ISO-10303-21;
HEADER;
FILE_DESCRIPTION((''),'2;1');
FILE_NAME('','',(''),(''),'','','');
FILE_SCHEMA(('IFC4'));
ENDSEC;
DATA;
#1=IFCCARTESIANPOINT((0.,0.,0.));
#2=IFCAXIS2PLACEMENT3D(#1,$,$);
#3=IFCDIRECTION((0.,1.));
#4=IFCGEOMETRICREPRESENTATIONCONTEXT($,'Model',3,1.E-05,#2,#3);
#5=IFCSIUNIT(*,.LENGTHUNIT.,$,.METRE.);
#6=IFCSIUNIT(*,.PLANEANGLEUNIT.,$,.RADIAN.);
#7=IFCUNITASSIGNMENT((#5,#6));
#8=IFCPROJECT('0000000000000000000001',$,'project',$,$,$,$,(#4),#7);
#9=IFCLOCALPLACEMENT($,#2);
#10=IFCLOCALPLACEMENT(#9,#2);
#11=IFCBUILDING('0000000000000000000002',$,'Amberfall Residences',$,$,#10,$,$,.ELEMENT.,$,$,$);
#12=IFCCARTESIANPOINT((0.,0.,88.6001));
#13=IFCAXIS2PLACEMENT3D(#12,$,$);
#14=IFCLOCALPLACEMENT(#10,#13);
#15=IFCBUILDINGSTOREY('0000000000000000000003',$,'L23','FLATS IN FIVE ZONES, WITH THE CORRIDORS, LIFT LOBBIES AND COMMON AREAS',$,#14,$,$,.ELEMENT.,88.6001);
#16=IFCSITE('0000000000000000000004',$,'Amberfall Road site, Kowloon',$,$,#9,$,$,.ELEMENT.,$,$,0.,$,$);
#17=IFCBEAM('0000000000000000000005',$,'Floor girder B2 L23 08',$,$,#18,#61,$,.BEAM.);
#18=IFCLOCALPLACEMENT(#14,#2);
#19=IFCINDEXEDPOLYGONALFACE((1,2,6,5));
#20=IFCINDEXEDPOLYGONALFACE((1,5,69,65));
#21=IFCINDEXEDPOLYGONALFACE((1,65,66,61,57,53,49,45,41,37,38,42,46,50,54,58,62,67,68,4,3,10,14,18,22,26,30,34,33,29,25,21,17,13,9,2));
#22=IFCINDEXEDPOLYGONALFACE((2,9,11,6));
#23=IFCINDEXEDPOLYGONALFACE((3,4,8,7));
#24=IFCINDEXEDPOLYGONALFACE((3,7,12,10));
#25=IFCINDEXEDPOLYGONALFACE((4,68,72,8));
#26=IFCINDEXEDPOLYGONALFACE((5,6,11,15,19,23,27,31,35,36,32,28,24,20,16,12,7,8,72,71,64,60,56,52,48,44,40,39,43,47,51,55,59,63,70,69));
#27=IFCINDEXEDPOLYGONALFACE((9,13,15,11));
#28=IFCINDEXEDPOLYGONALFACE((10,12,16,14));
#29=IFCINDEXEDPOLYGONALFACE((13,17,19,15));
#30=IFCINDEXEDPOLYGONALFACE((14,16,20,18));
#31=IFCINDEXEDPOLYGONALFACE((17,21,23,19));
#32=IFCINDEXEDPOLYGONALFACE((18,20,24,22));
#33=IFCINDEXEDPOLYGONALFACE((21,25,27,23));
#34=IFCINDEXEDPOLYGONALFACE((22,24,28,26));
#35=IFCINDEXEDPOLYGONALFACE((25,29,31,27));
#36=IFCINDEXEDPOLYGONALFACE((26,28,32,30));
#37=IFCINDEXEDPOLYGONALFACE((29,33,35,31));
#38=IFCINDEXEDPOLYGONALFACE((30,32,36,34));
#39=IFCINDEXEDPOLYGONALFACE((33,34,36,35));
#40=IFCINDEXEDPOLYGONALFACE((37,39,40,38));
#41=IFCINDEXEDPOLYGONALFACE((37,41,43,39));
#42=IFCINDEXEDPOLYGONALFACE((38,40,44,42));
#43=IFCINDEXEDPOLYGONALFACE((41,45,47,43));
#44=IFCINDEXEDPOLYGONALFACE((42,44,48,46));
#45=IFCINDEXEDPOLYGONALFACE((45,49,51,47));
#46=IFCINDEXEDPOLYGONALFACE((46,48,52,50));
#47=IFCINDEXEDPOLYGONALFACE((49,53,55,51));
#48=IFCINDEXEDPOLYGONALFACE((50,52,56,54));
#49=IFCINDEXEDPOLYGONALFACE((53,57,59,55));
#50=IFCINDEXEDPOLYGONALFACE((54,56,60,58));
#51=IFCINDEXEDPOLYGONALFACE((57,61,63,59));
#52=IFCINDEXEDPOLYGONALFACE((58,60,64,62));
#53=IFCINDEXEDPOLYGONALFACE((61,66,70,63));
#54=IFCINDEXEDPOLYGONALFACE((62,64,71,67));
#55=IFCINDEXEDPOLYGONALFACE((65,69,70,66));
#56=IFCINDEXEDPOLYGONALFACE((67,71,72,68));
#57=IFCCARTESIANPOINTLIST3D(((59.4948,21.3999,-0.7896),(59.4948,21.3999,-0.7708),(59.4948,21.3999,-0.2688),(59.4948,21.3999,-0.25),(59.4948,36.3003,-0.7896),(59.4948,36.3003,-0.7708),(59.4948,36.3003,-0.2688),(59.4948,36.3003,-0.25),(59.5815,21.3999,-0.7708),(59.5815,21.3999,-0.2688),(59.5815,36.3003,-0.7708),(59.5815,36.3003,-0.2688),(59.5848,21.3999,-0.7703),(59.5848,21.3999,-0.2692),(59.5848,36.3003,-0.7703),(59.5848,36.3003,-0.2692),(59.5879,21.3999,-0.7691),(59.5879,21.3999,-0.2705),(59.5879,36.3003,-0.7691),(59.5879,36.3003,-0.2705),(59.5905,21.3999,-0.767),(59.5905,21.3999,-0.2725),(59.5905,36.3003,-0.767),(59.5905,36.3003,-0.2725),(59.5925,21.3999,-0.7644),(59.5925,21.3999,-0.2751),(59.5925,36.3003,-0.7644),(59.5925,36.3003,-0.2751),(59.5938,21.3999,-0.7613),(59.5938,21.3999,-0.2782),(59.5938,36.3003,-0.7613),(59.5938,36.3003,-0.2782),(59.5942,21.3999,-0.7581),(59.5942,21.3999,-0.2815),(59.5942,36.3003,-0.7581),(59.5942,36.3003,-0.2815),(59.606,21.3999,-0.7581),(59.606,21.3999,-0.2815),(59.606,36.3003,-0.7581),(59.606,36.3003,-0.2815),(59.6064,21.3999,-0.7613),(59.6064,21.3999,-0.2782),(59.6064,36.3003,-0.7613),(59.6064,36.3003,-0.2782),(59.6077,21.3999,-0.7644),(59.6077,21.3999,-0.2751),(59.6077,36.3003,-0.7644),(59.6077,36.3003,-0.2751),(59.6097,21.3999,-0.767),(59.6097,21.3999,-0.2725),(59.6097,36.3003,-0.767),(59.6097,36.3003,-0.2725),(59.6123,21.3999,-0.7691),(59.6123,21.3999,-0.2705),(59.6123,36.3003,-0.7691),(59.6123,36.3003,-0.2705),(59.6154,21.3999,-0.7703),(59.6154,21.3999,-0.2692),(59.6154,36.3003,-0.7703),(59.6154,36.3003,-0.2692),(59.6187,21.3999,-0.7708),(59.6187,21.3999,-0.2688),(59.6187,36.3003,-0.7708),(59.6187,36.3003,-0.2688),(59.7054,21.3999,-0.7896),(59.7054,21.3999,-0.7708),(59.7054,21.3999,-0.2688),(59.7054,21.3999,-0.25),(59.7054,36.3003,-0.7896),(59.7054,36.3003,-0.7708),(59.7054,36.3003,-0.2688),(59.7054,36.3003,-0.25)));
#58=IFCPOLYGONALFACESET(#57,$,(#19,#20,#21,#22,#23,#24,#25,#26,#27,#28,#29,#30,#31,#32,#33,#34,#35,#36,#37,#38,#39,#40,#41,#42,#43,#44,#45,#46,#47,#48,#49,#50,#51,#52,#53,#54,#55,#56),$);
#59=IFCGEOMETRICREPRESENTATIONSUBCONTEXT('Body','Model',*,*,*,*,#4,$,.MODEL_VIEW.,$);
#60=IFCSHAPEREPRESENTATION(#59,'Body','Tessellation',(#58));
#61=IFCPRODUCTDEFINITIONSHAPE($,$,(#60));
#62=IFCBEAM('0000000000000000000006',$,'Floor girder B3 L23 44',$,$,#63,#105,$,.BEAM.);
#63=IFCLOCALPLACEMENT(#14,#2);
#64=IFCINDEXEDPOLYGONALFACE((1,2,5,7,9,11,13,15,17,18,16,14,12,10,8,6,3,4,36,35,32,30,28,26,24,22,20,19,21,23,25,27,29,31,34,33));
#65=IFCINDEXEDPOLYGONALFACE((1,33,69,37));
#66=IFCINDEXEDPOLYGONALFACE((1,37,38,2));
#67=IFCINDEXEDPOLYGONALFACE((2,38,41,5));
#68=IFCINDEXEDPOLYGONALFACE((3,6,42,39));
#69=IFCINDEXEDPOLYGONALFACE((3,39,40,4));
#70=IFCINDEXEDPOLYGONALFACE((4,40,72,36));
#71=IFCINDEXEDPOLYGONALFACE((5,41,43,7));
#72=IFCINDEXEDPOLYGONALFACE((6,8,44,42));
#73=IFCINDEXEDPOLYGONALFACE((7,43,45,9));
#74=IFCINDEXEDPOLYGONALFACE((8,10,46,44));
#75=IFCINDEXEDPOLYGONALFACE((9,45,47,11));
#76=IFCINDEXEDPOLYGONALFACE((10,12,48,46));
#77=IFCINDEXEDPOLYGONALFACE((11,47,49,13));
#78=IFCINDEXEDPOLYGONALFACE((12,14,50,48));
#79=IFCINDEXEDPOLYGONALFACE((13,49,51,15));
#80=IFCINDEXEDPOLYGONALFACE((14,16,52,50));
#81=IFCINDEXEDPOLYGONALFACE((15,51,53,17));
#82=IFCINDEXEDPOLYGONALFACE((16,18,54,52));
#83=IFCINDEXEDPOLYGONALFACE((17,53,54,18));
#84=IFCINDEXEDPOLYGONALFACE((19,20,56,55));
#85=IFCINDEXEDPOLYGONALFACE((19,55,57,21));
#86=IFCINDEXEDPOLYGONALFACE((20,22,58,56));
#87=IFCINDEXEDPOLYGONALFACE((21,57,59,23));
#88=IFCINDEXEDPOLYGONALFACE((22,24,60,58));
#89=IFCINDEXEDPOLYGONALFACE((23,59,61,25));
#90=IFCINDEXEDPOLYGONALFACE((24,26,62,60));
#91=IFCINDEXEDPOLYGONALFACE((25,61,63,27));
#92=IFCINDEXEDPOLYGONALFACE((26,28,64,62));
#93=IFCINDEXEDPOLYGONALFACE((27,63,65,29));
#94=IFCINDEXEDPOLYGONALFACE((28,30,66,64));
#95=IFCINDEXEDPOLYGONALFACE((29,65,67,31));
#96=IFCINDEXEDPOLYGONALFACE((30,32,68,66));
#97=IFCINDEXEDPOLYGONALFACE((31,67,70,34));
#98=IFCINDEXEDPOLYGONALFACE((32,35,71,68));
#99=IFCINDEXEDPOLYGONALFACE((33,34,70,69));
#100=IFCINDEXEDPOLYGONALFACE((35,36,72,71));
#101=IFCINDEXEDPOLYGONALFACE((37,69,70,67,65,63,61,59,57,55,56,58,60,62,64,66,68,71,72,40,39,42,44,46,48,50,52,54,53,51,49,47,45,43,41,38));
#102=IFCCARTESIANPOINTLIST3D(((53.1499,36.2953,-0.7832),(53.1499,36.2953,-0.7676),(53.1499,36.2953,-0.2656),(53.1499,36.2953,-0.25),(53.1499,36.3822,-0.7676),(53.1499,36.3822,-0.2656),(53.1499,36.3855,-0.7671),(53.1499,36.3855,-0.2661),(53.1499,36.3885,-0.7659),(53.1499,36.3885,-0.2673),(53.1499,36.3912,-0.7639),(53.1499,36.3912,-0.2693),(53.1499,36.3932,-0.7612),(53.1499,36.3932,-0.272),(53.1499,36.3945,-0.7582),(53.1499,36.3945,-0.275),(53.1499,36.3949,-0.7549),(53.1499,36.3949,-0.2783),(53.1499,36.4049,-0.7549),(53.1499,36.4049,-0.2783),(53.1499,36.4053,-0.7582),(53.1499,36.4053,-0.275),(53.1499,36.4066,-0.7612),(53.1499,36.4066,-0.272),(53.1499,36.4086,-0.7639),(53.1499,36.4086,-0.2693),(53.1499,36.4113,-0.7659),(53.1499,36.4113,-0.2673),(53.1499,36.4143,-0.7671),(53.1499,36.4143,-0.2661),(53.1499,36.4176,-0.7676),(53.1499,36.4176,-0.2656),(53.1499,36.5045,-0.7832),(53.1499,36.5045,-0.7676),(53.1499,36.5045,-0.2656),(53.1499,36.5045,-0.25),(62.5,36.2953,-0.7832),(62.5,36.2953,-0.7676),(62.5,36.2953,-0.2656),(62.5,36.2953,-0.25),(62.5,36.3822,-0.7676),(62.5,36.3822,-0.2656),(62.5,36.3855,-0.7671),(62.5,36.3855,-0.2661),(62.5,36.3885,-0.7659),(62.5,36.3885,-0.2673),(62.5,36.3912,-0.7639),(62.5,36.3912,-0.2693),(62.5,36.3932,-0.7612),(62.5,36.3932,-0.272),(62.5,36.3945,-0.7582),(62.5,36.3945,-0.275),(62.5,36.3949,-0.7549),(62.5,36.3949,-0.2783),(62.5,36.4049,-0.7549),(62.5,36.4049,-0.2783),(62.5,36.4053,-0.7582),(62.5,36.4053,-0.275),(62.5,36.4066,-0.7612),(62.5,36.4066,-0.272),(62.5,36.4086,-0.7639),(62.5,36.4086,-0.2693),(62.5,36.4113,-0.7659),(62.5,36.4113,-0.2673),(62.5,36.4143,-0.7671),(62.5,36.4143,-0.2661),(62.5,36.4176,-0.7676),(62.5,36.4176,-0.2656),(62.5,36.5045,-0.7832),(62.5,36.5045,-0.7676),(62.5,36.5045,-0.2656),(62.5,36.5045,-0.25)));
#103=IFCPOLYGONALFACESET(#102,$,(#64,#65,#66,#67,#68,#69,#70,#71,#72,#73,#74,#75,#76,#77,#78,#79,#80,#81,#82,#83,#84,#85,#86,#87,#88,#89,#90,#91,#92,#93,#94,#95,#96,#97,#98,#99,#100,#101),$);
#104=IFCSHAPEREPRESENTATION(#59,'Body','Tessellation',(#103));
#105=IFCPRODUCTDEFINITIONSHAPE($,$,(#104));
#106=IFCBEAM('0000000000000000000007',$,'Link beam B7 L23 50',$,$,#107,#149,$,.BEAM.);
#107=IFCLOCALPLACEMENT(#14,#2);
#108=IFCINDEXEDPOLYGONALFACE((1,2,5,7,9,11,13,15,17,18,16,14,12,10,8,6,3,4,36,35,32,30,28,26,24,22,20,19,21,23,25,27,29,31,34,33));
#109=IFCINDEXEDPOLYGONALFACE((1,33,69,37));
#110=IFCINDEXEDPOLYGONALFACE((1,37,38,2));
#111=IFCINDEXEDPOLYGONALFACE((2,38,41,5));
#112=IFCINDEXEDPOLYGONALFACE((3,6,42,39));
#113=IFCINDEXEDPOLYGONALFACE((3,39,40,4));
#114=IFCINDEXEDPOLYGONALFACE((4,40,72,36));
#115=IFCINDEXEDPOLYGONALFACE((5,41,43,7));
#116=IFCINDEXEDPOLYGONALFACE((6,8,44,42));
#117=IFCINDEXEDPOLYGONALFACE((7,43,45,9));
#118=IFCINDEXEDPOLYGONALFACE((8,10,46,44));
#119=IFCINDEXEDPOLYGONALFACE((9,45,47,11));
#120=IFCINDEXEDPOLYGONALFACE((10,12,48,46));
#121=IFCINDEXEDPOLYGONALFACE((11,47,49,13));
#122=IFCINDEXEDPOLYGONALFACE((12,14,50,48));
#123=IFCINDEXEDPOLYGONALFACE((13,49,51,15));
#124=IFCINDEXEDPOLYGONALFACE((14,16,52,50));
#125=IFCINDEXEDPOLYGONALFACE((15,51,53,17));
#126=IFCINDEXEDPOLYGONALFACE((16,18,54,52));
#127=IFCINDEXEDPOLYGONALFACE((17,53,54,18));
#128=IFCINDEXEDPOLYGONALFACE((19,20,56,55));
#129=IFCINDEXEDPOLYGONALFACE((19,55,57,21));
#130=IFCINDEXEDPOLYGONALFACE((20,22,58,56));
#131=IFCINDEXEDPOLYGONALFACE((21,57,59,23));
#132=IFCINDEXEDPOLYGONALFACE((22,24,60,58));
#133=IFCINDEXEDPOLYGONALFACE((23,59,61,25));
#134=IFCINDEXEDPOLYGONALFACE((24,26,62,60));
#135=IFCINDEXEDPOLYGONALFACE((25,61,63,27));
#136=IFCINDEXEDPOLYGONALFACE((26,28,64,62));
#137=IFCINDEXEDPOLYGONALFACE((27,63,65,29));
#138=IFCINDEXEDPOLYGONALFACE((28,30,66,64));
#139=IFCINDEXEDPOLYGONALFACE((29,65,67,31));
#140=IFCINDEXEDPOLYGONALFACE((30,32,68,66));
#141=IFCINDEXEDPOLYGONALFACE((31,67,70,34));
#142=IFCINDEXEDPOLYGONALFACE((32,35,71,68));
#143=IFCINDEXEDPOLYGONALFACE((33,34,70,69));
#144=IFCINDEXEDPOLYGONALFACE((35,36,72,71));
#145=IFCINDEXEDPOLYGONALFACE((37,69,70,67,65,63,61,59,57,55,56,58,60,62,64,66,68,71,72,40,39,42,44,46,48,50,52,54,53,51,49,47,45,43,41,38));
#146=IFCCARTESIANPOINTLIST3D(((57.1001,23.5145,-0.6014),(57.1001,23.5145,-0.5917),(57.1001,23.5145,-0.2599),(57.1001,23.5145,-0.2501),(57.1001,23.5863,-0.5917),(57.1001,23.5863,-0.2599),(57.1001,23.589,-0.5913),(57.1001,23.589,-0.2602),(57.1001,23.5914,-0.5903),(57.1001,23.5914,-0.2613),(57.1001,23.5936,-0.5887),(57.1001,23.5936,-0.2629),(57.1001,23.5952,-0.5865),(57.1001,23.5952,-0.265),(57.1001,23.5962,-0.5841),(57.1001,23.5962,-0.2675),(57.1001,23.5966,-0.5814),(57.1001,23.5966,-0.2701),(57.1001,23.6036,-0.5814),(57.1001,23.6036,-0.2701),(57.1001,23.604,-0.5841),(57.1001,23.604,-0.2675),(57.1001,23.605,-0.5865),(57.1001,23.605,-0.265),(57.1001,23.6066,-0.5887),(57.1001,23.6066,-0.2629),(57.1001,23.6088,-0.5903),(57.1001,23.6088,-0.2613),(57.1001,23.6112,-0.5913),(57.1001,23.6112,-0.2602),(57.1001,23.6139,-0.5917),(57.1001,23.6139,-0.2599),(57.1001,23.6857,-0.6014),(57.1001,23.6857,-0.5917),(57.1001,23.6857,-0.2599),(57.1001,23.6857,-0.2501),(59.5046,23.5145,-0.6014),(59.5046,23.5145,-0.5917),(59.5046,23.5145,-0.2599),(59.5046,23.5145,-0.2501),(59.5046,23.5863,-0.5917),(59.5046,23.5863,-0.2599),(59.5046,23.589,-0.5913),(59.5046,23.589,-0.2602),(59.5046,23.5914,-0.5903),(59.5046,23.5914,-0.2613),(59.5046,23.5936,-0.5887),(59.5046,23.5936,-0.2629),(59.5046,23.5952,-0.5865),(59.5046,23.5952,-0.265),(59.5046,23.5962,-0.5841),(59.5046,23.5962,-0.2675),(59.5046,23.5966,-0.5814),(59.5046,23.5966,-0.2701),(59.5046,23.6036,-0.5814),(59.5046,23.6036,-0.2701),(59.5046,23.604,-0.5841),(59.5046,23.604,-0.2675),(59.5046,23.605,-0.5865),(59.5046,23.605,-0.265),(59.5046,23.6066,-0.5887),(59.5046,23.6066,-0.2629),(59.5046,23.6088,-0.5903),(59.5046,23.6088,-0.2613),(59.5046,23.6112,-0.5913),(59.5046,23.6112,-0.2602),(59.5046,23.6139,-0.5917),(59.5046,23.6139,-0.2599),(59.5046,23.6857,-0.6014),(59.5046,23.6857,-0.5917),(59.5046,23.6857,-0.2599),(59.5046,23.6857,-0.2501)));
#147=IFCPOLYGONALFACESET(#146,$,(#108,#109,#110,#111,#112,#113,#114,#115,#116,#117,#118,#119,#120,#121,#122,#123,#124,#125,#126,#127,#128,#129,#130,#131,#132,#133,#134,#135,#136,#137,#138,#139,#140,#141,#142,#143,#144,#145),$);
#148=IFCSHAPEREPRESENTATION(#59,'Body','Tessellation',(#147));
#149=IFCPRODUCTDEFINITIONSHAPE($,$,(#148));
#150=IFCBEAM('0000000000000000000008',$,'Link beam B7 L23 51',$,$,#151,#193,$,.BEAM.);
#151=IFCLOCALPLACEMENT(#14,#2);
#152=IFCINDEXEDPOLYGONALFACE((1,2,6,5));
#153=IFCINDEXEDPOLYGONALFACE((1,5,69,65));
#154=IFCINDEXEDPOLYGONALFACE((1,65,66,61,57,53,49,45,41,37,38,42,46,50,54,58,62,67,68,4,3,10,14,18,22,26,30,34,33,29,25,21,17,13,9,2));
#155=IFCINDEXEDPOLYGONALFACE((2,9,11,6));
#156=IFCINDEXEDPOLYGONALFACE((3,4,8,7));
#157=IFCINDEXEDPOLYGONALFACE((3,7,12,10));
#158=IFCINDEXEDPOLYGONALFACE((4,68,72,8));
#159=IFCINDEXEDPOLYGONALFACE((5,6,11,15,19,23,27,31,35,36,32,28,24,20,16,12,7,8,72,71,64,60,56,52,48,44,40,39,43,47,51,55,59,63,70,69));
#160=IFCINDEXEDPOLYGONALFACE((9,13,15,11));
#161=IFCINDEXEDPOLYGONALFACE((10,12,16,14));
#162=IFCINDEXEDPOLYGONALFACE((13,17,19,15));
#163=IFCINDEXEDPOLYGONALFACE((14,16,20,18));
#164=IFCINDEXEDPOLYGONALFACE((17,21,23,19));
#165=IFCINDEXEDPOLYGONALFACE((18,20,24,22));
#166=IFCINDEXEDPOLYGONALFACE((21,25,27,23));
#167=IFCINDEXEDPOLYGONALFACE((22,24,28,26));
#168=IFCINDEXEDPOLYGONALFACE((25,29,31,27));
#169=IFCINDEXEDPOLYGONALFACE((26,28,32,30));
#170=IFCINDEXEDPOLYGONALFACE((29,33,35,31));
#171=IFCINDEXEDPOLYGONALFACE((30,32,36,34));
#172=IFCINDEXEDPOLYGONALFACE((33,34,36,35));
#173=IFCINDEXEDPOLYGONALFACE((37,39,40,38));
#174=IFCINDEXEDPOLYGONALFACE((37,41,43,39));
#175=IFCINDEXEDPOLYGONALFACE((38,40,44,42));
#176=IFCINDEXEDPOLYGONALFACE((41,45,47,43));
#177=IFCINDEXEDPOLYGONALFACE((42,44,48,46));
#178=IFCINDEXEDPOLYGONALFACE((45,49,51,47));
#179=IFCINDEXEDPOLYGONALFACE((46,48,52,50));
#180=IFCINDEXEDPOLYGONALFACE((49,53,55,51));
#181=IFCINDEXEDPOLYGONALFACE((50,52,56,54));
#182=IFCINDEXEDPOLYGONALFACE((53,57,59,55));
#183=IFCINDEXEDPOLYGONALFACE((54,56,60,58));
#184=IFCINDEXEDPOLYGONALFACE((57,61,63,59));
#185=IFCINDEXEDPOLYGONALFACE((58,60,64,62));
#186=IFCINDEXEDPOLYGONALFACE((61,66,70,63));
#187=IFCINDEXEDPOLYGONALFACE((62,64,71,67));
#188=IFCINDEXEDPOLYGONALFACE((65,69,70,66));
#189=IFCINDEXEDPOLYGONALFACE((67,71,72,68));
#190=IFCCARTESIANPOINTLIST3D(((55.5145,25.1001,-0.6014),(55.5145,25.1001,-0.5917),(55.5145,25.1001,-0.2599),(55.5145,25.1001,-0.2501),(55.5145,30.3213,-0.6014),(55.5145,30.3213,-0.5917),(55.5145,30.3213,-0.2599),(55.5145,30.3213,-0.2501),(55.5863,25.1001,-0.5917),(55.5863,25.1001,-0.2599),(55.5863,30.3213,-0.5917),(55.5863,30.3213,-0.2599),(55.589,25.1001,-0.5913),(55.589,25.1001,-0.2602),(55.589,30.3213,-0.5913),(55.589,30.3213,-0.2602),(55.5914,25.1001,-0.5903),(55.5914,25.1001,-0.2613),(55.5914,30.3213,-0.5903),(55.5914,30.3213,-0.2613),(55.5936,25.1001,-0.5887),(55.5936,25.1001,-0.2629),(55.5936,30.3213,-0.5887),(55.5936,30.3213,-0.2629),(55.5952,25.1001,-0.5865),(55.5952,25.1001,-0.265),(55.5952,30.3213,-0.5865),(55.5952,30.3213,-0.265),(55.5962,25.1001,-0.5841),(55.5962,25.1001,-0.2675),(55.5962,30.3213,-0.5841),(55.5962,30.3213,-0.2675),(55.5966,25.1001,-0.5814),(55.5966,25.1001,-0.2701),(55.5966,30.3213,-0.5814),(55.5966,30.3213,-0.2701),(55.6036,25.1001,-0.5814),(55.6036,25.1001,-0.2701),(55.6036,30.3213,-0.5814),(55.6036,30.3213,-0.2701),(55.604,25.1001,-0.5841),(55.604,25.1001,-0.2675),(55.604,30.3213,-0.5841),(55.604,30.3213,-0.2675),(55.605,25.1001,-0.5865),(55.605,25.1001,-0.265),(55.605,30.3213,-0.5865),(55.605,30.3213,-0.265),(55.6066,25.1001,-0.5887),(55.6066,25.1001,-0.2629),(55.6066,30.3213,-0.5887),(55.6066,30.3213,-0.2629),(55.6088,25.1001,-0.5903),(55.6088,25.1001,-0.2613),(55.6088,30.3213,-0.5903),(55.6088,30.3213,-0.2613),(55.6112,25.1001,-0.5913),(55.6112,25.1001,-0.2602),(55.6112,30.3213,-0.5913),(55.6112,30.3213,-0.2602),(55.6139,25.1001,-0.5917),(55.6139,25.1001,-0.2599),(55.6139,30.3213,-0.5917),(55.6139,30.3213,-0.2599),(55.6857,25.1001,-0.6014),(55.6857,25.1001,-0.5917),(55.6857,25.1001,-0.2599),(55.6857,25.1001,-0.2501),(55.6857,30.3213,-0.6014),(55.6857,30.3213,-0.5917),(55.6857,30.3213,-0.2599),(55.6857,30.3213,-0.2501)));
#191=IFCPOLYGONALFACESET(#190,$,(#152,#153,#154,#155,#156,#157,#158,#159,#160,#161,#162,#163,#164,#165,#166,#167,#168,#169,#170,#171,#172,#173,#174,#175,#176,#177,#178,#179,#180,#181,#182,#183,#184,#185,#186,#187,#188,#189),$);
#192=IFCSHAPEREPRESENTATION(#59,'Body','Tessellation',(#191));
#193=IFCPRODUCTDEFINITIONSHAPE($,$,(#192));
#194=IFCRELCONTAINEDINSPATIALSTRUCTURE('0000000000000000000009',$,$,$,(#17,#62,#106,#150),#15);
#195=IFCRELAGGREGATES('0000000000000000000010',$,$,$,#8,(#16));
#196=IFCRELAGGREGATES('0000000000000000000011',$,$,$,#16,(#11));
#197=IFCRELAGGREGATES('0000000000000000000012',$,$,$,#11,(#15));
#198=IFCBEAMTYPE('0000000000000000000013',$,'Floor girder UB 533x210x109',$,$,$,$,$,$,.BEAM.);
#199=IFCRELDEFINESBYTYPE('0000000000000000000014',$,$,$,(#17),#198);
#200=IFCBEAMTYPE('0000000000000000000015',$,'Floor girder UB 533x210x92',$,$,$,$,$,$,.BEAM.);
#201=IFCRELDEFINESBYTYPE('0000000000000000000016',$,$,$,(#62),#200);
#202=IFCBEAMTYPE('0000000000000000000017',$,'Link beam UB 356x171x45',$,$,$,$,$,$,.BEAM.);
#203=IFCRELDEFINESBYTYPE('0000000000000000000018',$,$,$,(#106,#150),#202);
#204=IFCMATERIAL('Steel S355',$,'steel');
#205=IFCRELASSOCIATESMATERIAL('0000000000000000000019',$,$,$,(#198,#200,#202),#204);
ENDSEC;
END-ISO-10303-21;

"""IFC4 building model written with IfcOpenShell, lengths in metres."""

from ifc_helpers import new_model, si_unit, direction, frame, origin, origin_2d, place, context, subcontext, project, spatial, i_section, extrude, material, material_profile, profile_set, type_object, element, save


model = new_model("IFC4")

# Units and contexts
model_context = context("Model", 3, precision=1e-05, world=origin(), true_north=direction((0.0, 1.0)))
body_context = subcontext(model_context, "Body", "Model", "MODEL_VIEW")
ifc_project = project(units=[si_unit("LENGTHUNIT", "METRE"), si_unit("PLANEANGLEUNIT", "RADIAN")], contexts=[model_context])

# Site, building, storey
site_placement = place(None, origin())
site = spatial("IfcSite", under=ifc_project, at=site_placement, Name="Amberfall Road site, Kowloon", CompositionType="ELEMENT", RefElevation=0.0)
building_placement = place(site_placement, origin())
building = spatial("IfcBuilding", under=site, at=building_placement, Name="Amberfall Residences", CompositionType="ELEMENT")
storey_placement = place(building_placement, frame((0.0, 0.0, 88.6001)))
storey = spatial("IfcBuildingStorey", under=building, at=storey_placement, Name="L23", Description="FLATS IN FIVE ZONES, WITH THE CORRIDORS, LIFT LOBBIES AND COMMON AREAS", CompositionType="ELEMENT", Elevation=88.6001)

# Beams
ifc_material_1 = material(Name="Steel S355", Category="steel")
ifc_material_profile_1 = material_profile(ifc_material_1, i_section(OverallWidth=0.2107, OverallDepth=0.5396, WebThickness=0.0117, FlangeThickness=0.0188, FilletRadius=0.0127, at=origin_2d()), Name="UB 533x210x109")
ifc_profile_set_1 = profile_set([ifc_material_profile_1], Name="Steel S355")
beam_type_1 = type_object("IfcBeamType", Name="Floor girder UB 533x210x109", PredefinedType="BEAM", material=ifc_profile_set_1)
beam_1_placement = place(storey_placement, frame((59.6001, 21.3999, -0.5198), z_axis=(0.0, 1.0, 0.0), x_axis=(-1.0, 0.0, 0.0)))
element("IfcBeam", 1, at=beam_1_placement, inside=storey, type_object=beam_type_1, Name="Floor girder B2 L23 08", PredefinedType="BEAM", context=body_context, shape_type="SweptSolid", body=[
    extrude(i_section(OverallWidth=0.2107, OverallDepth=0.5396, WebThickness=0.0117, FlangeThickness=0.0188, FilletRadius=0.0127, at=origin_2d()), origin(), (0.0, 0.0, 1.0), 14.9004),
])
ifc_material_profile_2 = material_profile(ifc_material_1, i_section(OverallWidth=0.2092, OverallDepth=0.5332, WebThickness=0.01, FlangeThickness=0.0156, FilletRadius=0.0127, at=origin_2d()), Name="UB 533x210x92")
ifc_profile_set_2 = profile_set([ifc_material_profile_2], Name="Steel S355")
beam_type_2 = type_object("IfcBeamType", Name="Floor girder UB 533x210x92", PredefinedType="BEAM", material=ifc_profile_set_2)
beam_2_placement = place(storey_placement, frame((53.1499, 36.3999, -0.5166), z_axis=(1.0, 0.0, 0.0), x_axis=(0.0, 1.0, 0.0)))
element("IfcBeam", 2, at=beam_2_placement, inside=storey, type_object=beam_type_2, Name="Floor girder B3 L23 44", PredefinedType="BEAM", context=body_context, shape_type="SweptSolid", body=[
    extrude(i_section(OverallWidth=0.2092, OverallDepth=0.5332, WebThickness=0.01, FlangeThickness=0.0156, FilletRadius=0.0127, at=origin_2d()), origin(), (0.0, 0.0, 1.0), 9.3501),
])
ifc_material_profile_3 = material_profile(ifc_material_1, i_section(OverallWidth=0.1711, OverallDepth=0.3513, WebThickness=0.0071, FlangeThickness=0.0098, FilletRadius=0.0103, at=origin_2d()), Name="UB 356x171x45")
ifc_profile_set_3 = profile_set([ifc_material_profile_3], Name="Steel S355")
beam_type_3 = type_object("IfcBeamType", Name="Link beam UB 356x171x45", PredefinedType="BEAM", material=ifc_profile_set_3)
beam_3_placement = place(storey_placement, frame((57.1001, 23.6001, -0.4258), z_axis=(1.0, 0.0, 0.0), x_axis=(0.0, 1.0, 0.0)))
element("IfcBeam", 3, at=beam_3_placement, inside=storey, type_object=beam_type_3, Name="Link beam B7 L23 50", PredefinedType="BEAM", context=body_context, shape_type="SweptSolid", body=[
    extrude(i_section(OverallWidth=0.1711, OverallDepth=0.3513, WebThickness=0.0071, FlangeThickness=0.0098, FilletRadius=0.0103, at=origin_2d()), origin(), (0.0, 0.0, 1.0), 2.4045),
])
beam_4_placement = place(storey_placement, frame((55.6001, 25.1001, -0.4258), z_axis=(0.0, 1.0, 0.0), x_axis=(-1.0, 0.0, 0.0)))
element("IfcBeam", 4, at=beam_4_placement, inside=storey, type_object=beam_type_3, Name="Link beam B7 L23 51", PredefinedType="BEAM", context=body_context, shape_type="SweptSolid", body=[
    extrude(i_section(OverallWidth=0.1711, OverallDepth=0.3513, WebThickness=0.0071, FlangeThickness=0.0098, FilletRadius=0.0103, at=origin_2d()), origin(), (0.0, 0.0, 1.0), 5.2212),
])

save(model, "model.ifc")
